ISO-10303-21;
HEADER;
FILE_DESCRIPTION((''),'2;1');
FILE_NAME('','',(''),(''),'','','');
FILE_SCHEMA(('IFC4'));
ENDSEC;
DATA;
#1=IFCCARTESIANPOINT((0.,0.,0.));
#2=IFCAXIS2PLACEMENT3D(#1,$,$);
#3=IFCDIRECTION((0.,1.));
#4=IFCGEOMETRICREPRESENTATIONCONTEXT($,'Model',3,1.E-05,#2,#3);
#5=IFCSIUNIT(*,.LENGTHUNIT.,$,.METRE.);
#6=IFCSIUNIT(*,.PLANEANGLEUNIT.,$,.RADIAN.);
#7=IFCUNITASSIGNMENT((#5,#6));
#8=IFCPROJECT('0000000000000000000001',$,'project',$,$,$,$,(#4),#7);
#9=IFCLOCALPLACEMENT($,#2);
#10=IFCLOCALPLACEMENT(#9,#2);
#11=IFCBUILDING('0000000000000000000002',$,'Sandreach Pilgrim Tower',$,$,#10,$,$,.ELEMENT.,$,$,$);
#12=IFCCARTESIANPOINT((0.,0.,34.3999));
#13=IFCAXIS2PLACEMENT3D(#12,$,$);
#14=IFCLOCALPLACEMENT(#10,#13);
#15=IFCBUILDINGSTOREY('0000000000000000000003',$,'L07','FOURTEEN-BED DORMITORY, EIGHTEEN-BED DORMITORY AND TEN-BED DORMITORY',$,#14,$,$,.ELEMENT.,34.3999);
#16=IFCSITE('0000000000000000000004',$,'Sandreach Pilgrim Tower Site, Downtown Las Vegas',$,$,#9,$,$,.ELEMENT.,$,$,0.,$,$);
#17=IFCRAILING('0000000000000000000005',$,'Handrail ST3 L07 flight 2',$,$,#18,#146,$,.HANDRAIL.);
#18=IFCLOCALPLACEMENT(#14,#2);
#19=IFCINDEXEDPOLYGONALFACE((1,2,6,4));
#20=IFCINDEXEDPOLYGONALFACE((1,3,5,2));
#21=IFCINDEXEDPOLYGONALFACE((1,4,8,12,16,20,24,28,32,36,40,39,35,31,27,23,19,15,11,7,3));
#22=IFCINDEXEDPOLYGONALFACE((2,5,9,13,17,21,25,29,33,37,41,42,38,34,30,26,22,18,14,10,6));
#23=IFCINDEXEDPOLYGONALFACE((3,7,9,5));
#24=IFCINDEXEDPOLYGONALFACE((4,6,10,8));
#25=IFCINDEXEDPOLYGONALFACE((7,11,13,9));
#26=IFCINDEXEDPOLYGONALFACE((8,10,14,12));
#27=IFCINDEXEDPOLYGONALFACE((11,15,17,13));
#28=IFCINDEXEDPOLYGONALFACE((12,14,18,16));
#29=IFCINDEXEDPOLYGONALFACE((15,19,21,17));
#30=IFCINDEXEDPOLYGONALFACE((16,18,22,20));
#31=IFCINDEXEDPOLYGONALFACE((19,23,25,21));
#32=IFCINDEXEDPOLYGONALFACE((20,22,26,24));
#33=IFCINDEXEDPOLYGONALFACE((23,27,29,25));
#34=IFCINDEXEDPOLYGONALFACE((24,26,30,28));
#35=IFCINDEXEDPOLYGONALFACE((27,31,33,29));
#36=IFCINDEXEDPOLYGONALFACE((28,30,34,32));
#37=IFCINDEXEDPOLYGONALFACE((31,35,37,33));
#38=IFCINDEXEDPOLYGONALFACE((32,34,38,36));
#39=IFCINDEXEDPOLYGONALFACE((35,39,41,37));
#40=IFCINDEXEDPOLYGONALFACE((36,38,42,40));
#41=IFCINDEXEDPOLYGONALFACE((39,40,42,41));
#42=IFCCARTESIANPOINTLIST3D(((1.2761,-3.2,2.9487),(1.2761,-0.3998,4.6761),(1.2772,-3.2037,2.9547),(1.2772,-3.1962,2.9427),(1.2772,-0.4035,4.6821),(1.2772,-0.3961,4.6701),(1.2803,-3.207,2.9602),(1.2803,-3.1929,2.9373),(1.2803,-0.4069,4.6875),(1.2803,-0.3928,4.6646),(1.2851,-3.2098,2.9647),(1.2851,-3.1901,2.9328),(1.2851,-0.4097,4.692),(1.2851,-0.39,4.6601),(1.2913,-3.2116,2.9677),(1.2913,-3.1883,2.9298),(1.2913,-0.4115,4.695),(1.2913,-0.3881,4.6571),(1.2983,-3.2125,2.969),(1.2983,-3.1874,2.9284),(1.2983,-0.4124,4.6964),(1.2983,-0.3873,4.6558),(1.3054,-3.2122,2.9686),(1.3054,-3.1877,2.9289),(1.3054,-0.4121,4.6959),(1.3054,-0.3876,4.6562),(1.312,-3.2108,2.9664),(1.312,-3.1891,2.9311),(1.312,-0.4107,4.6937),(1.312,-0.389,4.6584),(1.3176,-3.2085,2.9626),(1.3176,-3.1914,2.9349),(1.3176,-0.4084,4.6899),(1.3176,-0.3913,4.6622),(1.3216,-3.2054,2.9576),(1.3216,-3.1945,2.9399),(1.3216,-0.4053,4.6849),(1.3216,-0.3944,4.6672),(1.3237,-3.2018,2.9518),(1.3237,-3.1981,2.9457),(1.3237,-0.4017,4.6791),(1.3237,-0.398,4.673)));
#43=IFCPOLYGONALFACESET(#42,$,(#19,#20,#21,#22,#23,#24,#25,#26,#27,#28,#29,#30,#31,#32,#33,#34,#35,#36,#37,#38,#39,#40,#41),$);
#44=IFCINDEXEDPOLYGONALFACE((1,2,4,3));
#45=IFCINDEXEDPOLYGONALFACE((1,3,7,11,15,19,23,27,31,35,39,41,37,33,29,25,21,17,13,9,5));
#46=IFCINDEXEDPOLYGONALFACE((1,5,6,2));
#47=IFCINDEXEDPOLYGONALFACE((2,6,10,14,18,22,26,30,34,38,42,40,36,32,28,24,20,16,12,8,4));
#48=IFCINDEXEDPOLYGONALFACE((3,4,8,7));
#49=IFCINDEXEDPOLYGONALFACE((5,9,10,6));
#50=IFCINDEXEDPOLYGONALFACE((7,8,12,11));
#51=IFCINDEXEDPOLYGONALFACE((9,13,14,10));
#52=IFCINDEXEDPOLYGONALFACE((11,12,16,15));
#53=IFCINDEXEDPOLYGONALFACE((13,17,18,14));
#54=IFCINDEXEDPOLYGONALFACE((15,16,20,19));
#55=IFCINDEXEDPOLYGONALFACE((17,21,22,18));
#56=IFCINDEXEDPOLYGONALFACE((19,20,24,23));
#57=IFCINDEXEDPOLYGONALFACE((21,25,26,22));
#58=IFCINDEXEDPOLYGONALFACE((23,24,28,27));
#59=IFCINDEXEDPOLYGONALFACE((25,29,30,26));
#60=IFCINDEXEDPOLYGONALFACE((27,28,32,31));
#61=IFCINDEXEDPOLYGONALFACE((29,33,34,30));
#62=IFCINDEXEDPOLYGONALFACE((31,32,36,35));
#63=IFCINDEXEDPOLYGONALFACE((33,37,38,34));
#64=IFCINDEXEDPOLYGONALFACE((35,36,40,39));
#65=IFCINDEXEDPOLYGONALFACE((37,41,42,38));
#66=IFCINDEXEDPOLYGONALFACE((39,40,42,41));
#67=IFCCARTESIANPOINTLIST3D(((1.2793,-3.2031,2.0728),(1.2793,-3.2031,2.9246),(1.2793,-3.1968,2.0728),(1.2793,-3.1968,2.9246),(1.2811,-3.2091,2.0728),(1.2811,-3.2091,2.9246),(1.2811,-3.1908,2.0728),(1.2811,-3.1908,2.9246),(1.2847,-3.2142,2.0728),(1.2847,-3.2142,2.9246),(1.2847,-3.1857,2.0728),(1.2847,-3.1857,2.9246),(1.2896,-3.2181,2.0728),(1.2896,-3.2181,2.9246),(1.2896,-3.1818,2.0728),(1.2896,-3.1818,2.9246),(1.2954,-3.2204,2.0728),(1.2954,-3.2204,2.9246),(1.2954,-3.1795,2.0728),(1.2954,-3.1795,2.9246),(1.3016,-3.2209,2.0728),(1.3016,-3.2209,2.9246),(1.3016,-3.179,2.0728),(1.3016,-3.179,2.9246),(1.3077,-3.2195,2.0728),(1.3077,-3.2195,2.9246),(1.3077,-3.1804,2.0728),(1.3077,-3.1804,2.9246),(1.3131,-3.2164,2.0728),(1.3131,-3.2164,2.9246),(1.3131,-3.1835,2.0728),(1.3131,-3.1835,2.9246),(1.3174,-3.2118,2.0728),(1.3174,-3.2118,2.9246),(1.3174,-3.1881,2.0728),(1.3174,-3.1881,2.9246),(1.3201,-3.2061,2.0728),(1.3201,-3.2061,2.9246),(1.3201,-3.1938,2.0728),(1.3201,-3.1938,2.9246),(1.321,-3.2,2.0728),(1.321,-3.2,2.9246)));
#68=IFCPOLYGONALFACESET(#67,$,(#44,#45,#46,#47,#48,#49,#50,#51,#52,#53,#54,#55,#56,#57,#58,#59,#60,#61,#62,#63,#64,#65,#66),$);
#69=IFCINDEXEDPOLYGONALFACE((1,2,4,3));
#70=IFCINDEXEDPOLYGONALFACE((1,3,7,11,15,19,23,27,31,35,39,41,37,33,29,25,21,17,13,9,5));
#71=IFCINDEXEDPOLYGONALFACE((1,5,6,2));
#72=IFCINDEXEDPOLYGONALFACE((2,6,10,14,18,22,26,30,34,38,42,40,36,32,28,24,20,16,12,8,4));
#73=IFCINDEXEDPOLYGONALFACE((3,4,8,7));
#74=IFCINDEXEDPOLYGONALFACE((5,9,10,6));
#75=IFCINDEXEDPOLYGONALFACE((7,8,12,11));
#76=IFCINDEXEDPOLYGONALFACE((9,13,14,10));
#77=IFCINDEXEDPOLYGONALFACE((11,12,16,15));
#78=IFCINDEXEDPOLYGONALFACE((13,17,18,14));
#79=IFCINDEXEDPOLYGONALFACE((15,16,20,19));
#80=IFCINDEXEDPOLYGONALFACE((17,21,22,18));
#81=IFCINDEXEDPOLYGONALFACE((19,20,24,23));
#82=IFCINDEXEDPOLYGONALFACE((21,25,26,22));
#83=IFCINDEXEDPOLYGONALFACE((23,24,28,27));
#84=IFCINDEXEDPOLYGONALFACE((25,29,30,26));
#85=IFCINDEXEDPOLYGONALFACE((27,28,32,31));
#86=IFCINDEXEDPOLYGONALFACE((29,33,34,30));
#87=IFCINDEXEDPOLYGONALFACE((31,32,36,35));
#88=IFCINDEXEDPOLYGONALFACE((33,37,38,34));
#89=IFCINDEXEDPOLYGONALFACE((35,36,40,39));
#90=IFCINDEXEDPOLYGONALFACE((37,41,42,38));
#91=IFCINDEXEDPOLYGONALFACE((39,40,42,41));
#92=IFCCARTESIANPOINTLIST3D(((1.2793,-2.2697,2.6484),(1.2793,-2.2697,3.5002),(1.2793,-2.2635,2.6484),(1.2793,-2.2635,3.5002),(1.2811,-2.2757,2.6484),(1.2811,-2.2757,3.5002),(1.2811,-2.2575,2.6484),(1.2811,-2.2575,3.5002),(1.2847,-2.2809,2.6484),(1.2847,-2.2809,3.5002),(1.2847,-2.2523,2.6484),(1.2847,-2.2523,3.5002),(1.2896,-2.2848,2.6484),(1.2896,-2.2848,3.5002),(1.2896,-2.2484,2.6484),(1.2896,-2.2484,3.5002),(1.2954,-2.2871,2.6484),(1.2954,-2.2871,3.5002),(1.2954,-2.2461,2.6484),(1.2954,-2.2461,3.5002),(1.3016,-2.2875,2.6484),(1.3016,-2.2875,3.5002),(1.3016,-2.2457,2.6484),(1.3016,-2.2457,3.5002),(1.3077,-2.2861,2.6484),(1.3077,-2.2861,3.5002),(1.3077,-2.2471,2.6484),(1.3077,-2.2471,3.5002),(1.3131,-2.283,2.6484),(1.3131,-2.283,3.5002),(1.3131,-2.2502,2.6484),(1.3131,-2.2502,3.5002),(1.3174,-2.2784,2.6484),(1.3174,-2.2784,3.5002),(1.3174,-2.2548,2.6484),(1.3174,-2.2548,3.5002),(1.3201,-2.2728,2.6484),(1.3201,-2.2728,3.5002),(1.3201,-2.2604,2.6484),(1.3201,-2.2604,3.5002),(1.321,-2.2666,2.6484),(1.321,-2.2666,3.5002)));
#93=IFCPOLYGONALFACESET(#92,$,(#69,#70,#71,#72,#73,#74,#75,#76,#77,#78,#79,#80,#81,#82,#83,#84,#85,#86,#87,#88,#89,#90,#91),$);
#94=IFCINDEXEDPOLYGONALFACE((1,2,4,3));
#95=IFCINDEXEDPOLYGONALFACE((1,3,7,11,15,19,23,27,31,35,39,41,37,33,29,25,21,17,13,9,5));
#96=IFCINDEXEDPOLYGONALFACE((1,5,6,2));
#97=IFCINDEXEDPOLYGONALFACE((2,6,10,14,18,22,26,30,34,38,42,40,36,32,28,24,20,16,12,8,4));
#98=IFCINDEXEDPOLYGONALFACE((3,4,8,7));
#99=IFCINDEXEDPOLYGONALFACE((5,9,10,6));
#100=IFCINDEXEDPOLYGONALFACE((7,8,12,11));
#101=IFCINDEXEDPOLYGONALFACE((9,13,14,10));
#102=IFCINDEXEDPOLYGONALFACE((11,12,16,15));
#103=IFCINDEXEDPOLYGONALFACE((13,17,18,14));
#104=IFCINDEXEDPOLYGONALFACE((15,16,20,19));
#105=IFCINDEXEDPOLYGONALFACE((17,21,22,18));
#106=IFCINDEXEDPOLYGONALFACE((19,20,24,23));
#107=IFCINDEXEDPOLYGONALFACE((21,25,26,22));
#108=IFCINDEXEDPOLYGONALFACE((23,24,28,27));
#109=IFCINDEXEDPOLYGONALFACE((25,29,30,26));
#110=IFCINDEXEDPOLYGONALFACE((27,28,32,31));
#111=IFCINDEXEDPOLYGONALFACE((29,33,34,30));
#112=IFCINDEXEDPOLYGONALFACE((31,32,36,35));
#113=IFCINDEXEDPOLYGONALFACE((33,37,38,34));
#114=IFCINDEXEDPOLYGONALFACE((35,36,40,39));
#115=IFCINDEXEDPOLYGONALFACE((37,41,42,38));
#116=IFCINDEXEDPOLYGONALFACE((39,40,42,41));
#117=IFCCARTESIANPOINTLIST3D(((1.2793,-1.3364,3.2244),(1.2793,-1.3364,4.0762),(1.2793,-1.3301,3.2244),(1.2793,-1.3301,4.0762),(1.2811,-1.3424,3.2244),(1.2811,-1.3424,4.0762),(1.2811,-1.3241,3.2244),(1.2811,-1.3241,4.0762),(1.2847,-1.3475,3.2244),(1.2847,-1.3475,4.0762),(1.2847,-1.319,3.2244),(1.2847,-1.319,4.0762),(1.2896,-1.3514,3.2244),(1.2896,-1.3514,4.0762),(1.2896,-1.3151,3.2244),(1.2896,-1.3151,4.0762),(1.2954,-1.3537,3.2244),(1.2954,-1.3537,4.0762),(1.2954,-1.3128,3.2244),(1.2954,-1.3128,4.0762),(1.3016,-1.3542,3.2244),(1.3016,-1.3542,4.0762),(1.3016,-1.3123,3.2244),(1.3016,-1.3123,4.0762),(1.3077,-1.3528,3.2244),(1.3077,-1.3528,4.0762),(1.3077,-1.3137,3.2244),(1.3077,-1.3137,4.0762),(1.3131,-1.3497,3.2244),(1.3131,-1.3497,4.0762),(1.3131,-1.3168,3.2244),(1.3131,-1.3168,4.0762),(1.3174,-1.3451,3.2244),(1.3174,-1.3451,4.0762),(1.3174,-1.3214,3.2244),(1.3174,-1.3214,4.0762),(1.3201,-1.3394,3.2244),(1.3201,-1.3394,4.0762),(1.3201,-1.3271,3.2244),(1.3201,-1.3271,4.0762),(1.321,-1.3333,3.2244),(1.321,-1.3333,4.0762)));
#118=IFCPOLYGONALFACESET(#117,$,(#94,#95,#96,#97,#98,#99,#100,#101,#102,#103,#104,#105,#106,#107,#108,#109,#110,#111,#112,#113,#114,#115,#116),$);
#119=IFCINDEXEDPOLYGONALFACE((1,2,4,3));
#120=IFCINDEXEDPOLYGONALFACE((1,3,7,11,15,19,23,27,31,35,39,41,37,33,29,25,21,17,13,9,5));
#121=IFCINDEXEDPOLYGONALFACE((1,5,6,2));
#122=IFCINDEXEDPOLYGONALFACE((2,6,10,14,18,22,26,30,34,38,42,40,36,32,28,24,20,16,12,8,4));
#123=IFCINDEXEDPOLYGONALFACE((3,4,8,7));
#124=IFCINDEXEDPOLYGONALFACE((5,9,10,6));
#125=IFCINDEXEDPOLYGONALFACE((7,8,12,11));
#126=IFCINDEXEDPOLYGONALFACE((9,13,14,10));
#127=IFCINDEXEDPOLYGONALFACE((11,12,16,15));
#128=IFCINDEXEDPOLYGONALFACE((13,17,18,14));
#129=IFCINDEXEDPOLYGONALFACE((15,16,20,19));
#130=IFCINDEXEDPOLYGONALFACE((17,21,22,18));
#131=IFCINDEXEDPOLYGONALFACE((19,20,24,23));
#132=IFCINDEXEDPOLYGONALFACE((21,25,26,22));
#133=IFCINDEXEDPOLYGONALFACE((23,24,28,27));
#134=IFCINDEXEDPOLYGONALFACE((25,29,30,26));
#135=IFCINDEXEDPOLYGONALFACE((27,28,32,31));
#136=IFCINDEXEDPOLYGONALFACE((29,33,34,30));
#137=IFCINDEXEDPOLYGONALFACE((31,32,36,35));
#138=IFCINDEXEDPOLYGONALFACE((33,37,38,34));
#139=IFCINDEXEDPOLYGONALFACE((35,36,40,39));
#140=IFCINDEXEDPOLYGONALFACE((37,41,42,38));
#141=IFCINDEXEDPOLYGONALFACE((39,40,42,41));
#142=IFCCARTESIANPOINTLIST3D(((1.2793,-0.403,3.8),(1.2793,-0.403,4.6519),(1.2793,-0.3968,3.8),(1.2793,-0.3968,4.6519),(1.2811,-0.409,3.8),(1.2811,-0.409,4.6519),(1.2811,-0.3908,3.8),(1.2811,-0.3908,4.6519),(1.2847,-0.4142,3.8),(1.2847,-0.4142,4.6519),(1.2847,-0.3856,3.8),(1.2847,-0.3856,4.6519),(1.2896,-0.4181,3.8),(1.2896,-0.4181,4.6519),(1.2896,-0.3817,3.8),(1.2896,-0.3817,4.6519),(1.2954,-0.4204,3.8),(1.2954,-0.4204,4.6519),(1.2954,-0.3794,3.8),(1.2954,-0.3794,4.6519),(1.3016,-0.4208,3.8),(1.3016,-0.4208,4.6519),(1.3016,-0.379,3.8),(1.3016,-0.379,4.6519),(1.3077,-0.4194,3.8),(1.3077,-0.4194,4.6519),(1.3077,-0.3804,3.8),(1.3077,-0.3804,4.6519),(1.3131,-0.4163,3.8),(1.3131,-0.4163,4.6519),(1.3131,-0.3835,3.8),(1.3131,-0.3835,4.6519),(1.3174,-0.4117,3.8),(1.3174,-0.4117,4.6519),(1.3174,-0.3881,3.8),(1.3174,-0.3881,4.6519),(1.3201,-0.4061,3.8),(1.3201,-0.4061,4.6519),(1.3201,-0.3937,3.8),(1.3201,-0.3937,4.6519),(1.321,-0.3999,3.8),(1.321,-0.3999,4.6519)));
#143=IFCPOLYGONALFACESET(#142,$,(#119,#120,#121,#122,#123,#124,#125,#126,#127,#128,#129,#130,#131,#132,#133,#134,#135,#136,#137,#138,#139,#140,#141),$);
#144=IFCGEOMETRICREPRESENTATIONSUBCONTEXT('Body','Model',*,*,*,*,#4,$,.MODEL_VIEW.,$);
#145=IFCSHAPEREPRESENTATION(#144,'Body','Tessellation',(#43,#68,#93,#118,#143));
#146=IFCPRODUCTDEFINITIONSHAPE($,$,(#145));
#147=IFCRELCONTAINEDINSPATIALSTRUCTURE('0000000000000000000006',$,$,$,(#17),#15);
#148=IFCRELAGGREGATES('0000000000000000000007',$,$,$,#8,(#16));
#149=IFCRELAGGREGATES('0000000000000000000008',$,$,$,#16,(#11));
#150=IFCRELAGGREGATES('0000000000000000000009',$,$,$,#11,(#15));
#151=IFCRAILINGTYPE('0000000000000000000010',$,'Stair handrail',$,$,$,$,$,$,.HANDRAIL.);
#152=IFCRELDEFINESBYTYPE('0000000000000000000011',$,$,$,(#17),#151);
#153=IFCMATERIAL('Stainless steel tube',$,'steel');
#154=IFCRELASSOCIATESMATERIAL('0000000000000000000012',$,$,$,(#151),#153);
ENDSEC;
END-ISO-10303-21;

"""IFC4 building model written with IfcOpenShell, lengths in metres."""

from ifc_helpers import new_model, si_unit, direction, frame, origin, origin_2d, place, context, subcontext, project, spatial, circle, extrude, material, type_object, element, save


model = new_model("IFC4")

# Units and contexts
model_context = context("Model", 3, precision=1e-05, world=origin(), true_north=direction((0.0, 1.0)))
body_context = subcontext(model_context, "Body", "Model", "MODEL_VIEW")
ifc_project = project(units=[si_unit("LENGTHUNIT", "METRE"), si_unit("PLANEANGLEUNIT", "RADIAN")], contexts=[model_context])

# Site, building, storey
site_placement = place(None, origin())
site = spatial("IfcSite", under=ifc_project, at=site_placement, Name="Sandreach Pilgrim Tower Site, Downtown Las Vegas", CompositionType="ELEMENT", RefElevation=0.0)
building_placement = place(site_placement, origin())
building = spatial("IfcBuilding", under=site, at=building_placement, Name="Sandreach Pilgrim Tower", CompositionType="ELEMENT")
storey_placement = place(building_placement, frame((0.0, 0.0, 34.3999)))
storey = spatial("IfcBuildingStorey", under=building, at=storey_placement, Name="L07", Description="FOURTEEN-BED DORMITORY, EIGHTEEN-BED DORMITORY AND TEN-BED DORMITORY", CompositionType="ELEMENT", Elevation=34.3999)

# Railing
ifc_material_1 = material(Name="Stainless steel tube", Category="steel")
railing_type = type_object("IfcRailingType", Name="Stair handrail", PredefinedType="HANDRAIL", material=ifc_material_1)
for number, where, name in (
    (1, (1.3, -3.2, 2.0728), "Handrail ST3 L07 flight 2"),
):
    element("IfcRailing", number, at=place(storey_placement, frame(where)), inside=storey, type_object=railing_type, Name=name, PredefinedType="HANDRAIL", context=body_context, shape_type="SweptSolid", body=[
        extrude(circle(Radius=0.0239, at=origin_2d()), frame((0.0, 0.0, 0.876), z_axis=(0.0, 0.85109, 0.52502), x_axis=(-1.0, 0.0, 0.0)), (0.0, 0.0, 1.0), 3.29),
        extrude(circle(Radius=0.021, at=origin_2d()), origin(), (0.0, 0.0, 1.0), 0.8518),
        extrude(circle(Radius=0.021, at=origin_2d()), frame((0.0, 0.9333, 0.5757)), (0.0, 0.0, 1.0), 0.8518),
        extrude(circle(Radius=0.021, at=origin_2d()), frame((0.0, 1.8667, 1.1516)), (0.0, 0.0, 1.0), 0.8518),
        extrude(circle(Radius=0.021, at=origin_2d()), frame((0.0, 2.8, 1.7273)), (0.0, 0.0, 1.0), 0.8518),
    ])

save(model, "model.ifc")
